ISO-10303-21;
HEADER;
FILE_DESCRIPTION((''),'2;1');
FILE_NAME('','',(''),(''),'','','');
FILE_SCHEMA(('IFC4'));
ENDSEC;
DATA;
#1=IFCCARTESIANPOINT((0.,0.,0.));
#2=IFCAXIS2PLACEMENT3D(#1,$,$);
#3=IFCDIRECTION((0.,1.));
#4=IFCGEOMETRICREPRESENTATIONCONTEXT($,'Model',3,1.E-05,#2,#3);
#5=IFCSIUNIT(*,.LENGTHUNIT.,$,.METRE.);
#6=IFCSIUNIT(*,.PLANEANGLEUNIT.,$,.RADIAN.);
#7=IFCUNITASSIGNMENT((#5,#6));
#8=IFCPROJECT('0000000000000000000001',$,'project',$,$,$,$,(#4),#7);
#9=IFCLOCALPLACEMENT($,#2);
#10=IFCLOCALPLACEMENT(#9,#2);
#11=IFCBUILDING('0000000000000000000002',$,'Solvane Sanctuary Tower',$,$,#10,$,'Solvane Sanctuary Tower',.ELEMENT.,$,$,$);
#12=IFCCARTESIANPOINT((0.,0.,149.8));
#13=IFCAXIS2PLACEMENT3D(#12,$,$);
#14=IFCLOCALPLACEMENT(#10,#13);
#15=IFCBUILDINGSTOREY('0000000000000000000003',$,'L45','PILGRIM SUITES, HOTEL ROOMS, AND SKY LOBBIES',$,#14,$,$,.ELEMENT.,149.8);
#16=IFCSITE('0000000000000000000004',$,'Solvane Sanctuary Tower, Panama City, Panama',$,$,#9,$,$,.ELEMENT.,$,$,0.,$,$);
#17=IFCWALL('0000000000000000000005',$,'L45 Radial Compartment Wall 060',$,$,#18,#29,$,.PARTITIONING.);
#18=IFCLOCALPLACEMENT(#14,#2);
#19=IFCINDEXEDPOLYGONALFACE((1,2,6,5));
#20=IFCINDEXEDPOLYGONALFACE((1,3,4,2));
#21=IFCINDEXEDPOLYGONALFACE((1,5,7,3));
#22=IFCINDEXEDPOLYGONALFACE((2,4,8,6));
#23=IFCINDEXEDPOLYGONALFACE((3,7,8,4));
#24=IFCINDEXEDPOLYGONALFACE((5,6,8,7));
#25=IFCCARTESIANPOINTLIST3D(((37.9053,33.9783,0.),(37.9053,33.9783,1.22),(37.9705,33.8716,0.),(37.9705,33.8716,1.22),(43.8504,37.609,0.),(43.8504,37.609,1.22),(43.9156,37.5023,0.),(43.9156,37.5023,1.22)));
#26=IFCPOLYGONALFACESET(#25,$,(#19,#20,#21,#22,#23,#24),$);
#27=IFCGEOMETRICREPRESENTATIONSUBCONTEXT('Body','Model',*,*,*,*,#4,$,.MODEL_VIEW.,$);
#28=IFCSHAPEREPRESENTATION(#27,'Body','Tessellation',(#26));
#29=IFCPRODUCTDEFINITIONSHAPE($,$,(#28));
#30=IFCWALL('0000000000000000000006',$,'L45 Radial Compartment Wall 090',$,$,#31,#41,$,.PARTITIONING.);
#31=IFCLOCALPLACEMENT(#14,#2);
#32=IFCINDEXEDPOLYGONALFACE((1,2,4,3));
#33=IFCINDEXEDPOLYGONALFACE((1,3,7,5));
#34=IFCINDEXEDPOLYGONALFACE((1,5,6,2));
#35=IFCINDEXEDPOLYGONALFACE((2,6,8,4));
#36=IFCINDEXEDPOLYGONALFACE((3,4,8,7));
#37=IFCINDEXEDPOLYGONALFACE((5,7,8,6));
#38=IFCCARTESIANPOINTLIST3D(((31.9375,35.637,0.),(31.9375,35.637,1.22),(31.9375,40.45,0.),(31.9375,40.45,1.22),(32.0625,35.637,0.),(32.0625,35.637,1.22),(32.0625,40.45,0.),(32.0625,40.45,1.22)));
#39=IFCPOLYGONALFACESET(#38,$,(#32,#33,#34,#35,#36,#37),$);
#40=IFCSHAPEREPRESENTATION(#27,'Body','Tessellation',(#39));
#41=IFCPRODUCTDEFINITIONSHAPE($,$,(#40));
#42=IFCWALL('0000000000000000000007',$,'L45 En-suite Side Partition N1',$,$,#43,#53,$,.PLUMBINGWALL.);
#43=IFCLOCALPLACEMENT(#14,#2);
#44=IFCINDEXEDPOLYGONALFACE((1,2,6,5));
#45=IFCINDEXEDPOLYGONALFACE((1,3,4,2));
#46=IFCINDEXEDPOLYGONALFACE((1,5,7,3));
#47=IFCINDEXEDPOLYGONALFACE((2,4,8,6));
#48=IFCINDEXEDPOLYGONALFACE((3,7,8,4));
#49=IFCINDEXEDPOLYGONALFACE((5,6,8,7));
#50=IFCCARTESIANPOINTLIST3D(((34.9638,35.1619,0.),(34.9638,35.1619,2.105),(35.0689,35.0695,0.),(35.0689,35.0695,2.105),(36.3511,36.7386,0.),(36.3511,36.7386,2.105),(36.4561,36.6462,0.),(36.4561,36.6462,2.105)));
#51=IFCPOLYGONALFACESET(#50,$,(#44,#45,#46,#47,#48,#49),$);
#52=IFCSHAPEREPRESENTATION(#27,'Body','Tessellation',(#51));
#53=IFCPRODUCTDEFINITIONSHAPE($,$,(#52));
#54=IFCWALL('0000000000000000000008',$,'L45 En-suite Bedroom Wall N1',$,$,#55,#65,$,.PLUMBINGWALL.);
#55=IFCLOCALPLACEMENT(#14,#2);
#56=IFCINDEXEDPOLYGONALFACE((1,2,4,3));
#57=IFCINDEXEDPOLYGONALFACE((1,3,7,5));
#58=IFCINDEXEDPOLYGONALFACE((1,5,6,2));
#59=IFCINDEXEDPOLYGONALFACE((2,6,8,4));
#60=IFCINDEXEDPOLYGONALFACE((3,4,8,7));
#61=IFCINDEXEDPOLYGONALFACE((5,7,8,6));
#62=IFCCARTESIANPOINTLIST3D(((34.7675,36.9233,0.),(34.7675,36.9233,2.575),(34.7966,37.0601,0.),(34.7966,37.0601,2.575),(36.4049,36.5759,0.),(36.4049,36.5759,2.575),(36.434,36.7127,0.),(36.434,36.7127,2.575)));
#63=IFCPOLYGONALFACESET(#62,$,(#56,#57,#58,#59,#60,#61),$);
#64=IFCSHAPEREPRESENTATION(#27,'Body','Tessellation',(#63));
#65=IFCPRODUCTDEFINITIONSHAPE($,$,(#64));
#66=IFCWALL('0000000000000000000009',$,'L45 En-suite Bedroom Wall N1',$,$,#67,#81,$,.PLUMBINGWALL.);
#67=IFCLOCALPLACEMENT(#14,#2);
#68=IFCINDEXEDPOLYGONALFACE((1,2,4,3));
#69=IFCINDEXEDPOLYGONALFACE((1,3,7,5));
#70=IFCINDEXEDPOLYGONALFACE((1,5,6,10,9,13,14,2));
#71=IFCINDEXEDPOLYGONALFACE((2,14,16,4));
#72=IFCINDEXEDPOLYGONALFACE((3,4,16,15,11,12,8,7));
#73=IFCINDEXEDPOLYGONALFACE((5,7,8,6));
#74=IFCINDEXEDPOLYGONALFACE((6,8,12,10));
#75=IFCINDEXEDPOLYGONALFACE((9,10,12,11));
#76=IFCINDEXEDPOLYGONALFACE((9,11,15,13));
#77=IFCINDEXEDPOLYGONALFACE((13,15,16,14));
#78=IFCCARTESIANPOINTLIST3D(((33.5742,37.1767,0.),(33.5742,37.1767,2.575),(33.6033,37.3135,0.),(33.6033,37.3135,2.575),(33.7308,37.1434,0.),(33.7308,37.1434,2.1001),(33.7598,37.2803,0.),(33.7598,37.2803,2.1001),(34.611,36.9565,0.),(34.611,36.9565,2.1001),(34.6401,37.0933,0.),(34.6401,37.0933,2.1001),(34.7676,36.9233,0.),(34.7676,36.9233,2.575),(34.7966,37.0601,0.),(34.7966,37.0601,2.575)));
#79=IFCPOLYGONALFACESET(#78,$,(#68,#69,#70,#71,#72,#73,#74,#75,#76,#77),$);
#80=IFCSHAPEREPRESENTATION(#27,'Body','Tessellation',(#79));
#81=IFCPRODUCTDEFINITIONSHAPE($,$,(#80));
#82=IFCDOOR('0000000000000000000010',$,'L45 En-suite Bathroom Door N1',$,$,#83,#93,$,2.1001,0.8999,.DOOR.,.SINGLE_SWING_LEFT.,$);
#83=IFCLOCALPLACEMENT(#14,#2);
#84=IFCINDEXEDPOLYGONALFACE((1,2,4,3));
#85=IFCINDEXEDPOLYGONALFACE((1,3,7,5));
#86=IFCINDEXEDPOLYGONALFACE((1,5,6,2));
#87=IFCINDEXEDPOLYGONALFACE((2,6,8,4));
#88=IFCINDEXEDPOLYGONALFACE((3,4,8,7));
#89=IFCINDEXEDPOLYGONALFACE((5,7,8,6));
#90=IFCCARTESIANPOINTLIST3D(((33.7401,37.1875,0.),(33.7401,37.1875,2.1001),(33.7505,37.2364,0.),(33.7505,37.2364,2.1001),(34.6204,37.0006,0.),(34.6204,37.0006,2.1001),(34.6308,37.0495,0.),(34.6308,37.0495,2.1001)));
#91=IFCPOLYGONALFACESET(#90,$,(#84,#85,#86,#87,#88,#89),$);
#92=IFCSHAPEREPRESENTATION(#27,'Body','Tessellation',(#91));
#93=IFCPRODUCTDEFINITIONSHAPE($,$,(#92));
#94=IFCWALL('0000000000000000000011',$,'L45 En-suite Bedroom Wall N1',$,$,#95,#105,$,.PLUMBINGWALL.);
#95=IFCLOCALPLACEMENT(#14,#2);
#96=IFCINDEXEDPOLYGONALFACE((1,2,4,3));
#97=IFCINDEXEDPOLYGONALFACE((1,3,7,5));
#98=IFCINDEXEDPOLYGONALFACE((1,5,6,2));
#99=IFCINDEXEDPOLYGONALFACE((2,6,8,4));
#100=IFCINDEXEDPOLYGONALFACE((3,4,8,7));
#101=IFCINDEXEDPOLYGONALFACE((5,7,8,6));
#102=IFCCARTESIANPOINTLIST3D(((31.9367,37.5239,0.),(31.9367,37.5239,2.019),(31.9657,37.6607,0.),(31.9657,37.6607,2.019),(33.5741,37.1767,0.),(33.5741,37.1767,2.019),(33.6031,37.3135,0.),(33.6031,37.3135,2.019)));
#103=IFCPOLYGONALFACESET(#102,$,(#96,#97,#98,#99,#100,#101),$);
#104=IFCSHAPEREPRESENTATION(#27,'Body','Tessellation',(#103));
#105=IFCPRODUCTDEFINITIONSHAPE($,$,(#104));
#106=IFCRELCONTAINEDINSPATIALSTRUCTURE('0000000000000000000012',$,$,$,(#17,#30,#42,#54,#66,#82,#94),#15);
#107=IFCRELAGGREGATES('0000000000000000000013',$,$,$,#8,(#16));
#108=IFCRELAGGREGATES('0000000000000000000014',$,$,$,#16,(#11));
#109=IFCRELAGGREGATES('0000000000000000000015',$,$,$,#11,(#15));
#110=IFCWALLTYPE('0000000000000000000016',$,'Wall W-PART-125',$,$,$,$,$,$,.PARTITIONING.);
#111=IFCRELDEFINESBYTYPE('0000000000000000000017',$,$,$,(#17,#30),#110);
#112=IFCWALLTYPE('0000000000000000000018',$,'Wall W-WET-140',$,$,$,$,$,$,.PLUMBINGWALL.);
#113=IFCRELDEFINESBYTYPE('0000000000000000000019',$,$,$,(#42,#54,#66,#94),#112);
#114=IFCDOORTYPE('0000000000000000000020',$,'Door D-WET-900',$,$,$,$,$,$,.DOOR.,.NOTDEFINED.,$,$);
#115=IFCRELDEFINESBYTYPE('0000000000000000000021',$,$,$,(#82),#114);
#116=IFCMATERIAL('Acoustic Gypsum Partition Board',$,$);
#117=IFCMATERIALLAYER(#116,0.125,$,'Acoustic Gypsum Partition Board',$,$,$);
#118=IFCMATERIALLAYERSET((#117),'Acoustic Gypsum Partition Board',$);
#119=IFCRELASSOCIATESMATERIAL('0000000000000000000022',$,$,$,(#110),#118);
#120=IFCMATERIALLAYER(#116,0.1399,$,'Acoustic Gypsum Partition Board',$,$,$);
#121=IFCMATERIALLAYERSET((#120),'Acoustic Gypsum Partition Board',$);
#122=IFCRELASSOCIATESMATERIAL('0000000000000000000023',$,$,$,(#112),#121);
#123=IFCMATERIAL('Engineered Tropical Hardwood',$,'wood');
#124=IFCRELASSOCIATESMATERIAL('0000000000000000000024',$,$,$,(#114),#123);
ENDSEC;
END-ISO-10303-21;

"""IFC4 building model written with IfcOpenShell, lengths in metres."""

from ifc_helpers import new_model, si_unit, direction, frame, frame_2d, origin, place, context, subcontext, project, spatial, rectangle, extrude, material, layer, layer_set, type_object, element, fill, save


model = new_model("IFC4")

# Units and contexts
model_context = context("Model", 3, precision=1e-05, world=origin(), true_north=direction((0.0, 1.0)))
body_context = subcontext(model_context, "Body", "Model", "MODEL_VIEW")
ifc_project = project(units=[si_unit("LENGTHUNIT", "METRE"), si_unit("PLANEANGLEUNIT", "RADIAN")], contexts=[model_context])

# Site, building, storey
site_placement = place(None, origin())
site = spatial("IfcSite", under=ifc_project, at=site_placement, Name="Solvane Sanctuary Tower, Panama City, Panama", CompositionType="ELEMENT", RefElevation=0.0)
building_placement = place(site_placement, origin())
building = spatial("IfcBuilding", under=site, at=building_placement, Name="Solvane Sanctuary Tower", LongName="Solvane Sanctuary Tower", CompositionType="ELEMENT")
storey_placement = place(building_placement, frame((0.0, 0.0, 149.8)))
storey = spatial("IfcBuildingStorey", under=building, at=storey_placement, Name="L45", Description="PILGRIM SUITES, HOTEL ROOMS, AND SKY LOBBIES", CompositionType="ELEMENT", Elevation=149.8)

# Shared definitions
ifc_material_1 = material(Name="Acoustic Gypsum Partition Board")

# Shared definitions
ifc_material_2 = material(Name="Engineered Tropical Hardwood", Category="wood")

# Walls
ifc_layer_1 = layer(ifc_material_1, 0.125, Name="Acoustic Gypsum Partition Board")
ifc_layer_set_1 = layer_set([ifc_layer_1], Name="Acoustic Gypsum Partition Board")
wall_type_1 = type_object("IfcWallType", Name="Wall W-PART-125", PredefinedType="PARTITIONING", material=ifc_layer_set_1)
wall_1_placement = place(storey_placement, frame((37.938, 33.925, 0.0), z_axis=(0.0, 0.0, 1.0), x_axis=(0.85344, 0.521191, 0.0)))
element("IfcWall", 1, at=wall_1_placement, inside=storey, type_object=wall_type_1, Name="L45 Radial Compartment Wall 060", PredefinedType="PARTITIONING", context=body_context, shape_type="SweptSolid", body=[
    extrude(rectangle(XDim=6.9661, YDim=0.125, at=frame_2d((3.4829, 0.0))), origin(), (0.0, 0.0, 1.0), 1.22),
])
wall_2_placement = place(storey_placement, frame((32.0, 35.637, 0.0), z_axis=(0.0, 0.0, 1.0), x_axis=(0.0, 1.0, 0.0)))
element("IfcWall", 2, at=wall_2_placement, inside=storey, type_object=wall_type_1, Name="L45 Radial Compartment Wall 090", PredefinedType="PARTITIONING", context=body_context, shape_type="SweptSolid", body=[
    extrude(rectangle(XDim=4.813, YDim=0.125, at=frame_2d((2.4065, 0.0))), origin(), (0.0, 0.0, 1.0), 1.22),
])
ifc_layer_2 = layer(ifc_material_1, 0.1399, Name="Acoustic Gypsum Partition Board")
ifc_layer_set_2 = layer_set([ifc_layer_2], Name="Acoustic Gypsum Partition Board")
wall_type_2 = type_object("IfcWallType", Name="Wall W-WET-140", PredefinedType="PLUMBINGWALL", material=ifc_layer_set_2)
wall_3_placement = place(storey_placement, frame((35.0164, 35.1157, 0.0), z_axis=(0.0, 0.0, 1.0), x_axis=(0.66056, 0.750773, 0.0)))
element("IfcWall", 3, at=wall_3_placement, inside=storey, type_object=wall_type_2, Name="L45 En-suite Side Partition N1", PredefinedType="PLUMBINGWALL", context=body_context, shape_type="SweptSolid", body=[
    extrude(rectangle(XDim=2.1001, YDim=0.1399, at=frame_2d((1.05, 0.0))), origin(), (0.0, 0.0, 1.0), 2.105),
])
wall_4_placement = place(storey_placement, frame((36.4194, 36.6443, 0.0), z_axis=(0.0, 0.0, 1.0), x_axis=(-0.978225, 0.207547, 0.0)))
element("IfcWall", 4, at=wall_4_placement, inside=storey, type_object=wall_type_2, Name="L45 En-suite Bedroom Wall N1", PredefinedType="PLUMBINGWALL", context=body_context, shape_type="SweptSolid", body=[
    extrude(rectangle(XDim=1.6738, YDim=0.1399, at=frame_2d((0.8369, 0.0))), origin(), (0.0, 0.0, 1.0), 2.575),
])

# Wall, opening, door
wall_5_placement = place(storey_placement, frame((34.782, 36.9917, 0.0), z_axis=(0.0, 0.0, 1.0), x_axis=(-0.978187, 0.207725, 0.0)))
wall_5 = element("IfcWall", 5, at=wall_5_placement, inside=storey, type_object=wall_type_2, Name="L45 En-suite Bedroom Wall N1", PredefinedType="PLUMBINGWALL", context=body_context, shape_type="SweptSolid", body=[
    extrude(rectangle(XDim=1.22, YDim=0.1399, at=frame_2d((0.6099, 0.0))), origin(), (0.0, 0.0, 1.0), 2.575),
])
opening_1_placement = place(wall_5_placement, frame((0.1599, 0.0, 0.0)))
opening_1 = element("IfcOpeningElement", 6, at=opening_1_placement, cuts=wall_5, PredefinedType="OPENING", context=body_context, shape_type="SweptSolid", body=[
    extrude(rectangle(XDim=0.8999, YDim=2.1001, at=frame_2d((0.45, 1.05))), frame((0.0, 0.0798, 0.0), z_axis=(0.0, -1.0, 0.0), x_axis=(1.0, 0.0, 0.0)), (0.0, 0.0, 1.0), 0.1599),
])
door_type_1 = type_object("IfcDoorType", Name="Door D-WET-900", OperationType="NOTDEFINED", PredefinedType="DOOR", material=ifc_material_2)
door_1_placement = place(opening_1_placement, origin())
door_1 = element("IfcDoor", 7, at=door_1_placement, inside=storey, type_object=door_type_1, Name="L45 En-suite Bathroom Door N1", OperationType="SINGLE_SWING_LEFT", OverallHeight=2.1001, OverallWidth=0.8999, PredefinedType="DOOR", context=body_context, shape_type="SweptSolid", body=[
    extrude(rectangle(XDim=0.8999, YDim=2.1001, at=frame_2d((0.45, 1.05))), frame((0.0, 0.0249, 0.0), z_axis=(0.0, -1.0, 0.0), x_axis=(1.0, 0.0, 0.0)), (0.0, 0.0, 1.0), 0.05),
])
fill(opening_1, door_1)

# Wall
wall_6_placement = place(storey_placement, frame((33.5886, 37.2451, 0.0), z_axis=(0.0, 0.0, 1.0), x_axis=(-0.978255, 0.207407, 0.0)))
element("IfcWall", 8, at=wall_6_placement, inside=storey, type_object=wall_type_2, Name="L45 En-suite Bedroom Wall N1", PredefinedType="PLUMBINGWALL", context=body_context, shape_type="SweptSolid", body=[
    extrude(rectangle(XDim=1.6738, YDim=0.1399, at=frame_2d((0.8369, 0.0))), origin(), (0.0, 0.0, 1.0), 2.019),
])

save(model, "model.ifc")
